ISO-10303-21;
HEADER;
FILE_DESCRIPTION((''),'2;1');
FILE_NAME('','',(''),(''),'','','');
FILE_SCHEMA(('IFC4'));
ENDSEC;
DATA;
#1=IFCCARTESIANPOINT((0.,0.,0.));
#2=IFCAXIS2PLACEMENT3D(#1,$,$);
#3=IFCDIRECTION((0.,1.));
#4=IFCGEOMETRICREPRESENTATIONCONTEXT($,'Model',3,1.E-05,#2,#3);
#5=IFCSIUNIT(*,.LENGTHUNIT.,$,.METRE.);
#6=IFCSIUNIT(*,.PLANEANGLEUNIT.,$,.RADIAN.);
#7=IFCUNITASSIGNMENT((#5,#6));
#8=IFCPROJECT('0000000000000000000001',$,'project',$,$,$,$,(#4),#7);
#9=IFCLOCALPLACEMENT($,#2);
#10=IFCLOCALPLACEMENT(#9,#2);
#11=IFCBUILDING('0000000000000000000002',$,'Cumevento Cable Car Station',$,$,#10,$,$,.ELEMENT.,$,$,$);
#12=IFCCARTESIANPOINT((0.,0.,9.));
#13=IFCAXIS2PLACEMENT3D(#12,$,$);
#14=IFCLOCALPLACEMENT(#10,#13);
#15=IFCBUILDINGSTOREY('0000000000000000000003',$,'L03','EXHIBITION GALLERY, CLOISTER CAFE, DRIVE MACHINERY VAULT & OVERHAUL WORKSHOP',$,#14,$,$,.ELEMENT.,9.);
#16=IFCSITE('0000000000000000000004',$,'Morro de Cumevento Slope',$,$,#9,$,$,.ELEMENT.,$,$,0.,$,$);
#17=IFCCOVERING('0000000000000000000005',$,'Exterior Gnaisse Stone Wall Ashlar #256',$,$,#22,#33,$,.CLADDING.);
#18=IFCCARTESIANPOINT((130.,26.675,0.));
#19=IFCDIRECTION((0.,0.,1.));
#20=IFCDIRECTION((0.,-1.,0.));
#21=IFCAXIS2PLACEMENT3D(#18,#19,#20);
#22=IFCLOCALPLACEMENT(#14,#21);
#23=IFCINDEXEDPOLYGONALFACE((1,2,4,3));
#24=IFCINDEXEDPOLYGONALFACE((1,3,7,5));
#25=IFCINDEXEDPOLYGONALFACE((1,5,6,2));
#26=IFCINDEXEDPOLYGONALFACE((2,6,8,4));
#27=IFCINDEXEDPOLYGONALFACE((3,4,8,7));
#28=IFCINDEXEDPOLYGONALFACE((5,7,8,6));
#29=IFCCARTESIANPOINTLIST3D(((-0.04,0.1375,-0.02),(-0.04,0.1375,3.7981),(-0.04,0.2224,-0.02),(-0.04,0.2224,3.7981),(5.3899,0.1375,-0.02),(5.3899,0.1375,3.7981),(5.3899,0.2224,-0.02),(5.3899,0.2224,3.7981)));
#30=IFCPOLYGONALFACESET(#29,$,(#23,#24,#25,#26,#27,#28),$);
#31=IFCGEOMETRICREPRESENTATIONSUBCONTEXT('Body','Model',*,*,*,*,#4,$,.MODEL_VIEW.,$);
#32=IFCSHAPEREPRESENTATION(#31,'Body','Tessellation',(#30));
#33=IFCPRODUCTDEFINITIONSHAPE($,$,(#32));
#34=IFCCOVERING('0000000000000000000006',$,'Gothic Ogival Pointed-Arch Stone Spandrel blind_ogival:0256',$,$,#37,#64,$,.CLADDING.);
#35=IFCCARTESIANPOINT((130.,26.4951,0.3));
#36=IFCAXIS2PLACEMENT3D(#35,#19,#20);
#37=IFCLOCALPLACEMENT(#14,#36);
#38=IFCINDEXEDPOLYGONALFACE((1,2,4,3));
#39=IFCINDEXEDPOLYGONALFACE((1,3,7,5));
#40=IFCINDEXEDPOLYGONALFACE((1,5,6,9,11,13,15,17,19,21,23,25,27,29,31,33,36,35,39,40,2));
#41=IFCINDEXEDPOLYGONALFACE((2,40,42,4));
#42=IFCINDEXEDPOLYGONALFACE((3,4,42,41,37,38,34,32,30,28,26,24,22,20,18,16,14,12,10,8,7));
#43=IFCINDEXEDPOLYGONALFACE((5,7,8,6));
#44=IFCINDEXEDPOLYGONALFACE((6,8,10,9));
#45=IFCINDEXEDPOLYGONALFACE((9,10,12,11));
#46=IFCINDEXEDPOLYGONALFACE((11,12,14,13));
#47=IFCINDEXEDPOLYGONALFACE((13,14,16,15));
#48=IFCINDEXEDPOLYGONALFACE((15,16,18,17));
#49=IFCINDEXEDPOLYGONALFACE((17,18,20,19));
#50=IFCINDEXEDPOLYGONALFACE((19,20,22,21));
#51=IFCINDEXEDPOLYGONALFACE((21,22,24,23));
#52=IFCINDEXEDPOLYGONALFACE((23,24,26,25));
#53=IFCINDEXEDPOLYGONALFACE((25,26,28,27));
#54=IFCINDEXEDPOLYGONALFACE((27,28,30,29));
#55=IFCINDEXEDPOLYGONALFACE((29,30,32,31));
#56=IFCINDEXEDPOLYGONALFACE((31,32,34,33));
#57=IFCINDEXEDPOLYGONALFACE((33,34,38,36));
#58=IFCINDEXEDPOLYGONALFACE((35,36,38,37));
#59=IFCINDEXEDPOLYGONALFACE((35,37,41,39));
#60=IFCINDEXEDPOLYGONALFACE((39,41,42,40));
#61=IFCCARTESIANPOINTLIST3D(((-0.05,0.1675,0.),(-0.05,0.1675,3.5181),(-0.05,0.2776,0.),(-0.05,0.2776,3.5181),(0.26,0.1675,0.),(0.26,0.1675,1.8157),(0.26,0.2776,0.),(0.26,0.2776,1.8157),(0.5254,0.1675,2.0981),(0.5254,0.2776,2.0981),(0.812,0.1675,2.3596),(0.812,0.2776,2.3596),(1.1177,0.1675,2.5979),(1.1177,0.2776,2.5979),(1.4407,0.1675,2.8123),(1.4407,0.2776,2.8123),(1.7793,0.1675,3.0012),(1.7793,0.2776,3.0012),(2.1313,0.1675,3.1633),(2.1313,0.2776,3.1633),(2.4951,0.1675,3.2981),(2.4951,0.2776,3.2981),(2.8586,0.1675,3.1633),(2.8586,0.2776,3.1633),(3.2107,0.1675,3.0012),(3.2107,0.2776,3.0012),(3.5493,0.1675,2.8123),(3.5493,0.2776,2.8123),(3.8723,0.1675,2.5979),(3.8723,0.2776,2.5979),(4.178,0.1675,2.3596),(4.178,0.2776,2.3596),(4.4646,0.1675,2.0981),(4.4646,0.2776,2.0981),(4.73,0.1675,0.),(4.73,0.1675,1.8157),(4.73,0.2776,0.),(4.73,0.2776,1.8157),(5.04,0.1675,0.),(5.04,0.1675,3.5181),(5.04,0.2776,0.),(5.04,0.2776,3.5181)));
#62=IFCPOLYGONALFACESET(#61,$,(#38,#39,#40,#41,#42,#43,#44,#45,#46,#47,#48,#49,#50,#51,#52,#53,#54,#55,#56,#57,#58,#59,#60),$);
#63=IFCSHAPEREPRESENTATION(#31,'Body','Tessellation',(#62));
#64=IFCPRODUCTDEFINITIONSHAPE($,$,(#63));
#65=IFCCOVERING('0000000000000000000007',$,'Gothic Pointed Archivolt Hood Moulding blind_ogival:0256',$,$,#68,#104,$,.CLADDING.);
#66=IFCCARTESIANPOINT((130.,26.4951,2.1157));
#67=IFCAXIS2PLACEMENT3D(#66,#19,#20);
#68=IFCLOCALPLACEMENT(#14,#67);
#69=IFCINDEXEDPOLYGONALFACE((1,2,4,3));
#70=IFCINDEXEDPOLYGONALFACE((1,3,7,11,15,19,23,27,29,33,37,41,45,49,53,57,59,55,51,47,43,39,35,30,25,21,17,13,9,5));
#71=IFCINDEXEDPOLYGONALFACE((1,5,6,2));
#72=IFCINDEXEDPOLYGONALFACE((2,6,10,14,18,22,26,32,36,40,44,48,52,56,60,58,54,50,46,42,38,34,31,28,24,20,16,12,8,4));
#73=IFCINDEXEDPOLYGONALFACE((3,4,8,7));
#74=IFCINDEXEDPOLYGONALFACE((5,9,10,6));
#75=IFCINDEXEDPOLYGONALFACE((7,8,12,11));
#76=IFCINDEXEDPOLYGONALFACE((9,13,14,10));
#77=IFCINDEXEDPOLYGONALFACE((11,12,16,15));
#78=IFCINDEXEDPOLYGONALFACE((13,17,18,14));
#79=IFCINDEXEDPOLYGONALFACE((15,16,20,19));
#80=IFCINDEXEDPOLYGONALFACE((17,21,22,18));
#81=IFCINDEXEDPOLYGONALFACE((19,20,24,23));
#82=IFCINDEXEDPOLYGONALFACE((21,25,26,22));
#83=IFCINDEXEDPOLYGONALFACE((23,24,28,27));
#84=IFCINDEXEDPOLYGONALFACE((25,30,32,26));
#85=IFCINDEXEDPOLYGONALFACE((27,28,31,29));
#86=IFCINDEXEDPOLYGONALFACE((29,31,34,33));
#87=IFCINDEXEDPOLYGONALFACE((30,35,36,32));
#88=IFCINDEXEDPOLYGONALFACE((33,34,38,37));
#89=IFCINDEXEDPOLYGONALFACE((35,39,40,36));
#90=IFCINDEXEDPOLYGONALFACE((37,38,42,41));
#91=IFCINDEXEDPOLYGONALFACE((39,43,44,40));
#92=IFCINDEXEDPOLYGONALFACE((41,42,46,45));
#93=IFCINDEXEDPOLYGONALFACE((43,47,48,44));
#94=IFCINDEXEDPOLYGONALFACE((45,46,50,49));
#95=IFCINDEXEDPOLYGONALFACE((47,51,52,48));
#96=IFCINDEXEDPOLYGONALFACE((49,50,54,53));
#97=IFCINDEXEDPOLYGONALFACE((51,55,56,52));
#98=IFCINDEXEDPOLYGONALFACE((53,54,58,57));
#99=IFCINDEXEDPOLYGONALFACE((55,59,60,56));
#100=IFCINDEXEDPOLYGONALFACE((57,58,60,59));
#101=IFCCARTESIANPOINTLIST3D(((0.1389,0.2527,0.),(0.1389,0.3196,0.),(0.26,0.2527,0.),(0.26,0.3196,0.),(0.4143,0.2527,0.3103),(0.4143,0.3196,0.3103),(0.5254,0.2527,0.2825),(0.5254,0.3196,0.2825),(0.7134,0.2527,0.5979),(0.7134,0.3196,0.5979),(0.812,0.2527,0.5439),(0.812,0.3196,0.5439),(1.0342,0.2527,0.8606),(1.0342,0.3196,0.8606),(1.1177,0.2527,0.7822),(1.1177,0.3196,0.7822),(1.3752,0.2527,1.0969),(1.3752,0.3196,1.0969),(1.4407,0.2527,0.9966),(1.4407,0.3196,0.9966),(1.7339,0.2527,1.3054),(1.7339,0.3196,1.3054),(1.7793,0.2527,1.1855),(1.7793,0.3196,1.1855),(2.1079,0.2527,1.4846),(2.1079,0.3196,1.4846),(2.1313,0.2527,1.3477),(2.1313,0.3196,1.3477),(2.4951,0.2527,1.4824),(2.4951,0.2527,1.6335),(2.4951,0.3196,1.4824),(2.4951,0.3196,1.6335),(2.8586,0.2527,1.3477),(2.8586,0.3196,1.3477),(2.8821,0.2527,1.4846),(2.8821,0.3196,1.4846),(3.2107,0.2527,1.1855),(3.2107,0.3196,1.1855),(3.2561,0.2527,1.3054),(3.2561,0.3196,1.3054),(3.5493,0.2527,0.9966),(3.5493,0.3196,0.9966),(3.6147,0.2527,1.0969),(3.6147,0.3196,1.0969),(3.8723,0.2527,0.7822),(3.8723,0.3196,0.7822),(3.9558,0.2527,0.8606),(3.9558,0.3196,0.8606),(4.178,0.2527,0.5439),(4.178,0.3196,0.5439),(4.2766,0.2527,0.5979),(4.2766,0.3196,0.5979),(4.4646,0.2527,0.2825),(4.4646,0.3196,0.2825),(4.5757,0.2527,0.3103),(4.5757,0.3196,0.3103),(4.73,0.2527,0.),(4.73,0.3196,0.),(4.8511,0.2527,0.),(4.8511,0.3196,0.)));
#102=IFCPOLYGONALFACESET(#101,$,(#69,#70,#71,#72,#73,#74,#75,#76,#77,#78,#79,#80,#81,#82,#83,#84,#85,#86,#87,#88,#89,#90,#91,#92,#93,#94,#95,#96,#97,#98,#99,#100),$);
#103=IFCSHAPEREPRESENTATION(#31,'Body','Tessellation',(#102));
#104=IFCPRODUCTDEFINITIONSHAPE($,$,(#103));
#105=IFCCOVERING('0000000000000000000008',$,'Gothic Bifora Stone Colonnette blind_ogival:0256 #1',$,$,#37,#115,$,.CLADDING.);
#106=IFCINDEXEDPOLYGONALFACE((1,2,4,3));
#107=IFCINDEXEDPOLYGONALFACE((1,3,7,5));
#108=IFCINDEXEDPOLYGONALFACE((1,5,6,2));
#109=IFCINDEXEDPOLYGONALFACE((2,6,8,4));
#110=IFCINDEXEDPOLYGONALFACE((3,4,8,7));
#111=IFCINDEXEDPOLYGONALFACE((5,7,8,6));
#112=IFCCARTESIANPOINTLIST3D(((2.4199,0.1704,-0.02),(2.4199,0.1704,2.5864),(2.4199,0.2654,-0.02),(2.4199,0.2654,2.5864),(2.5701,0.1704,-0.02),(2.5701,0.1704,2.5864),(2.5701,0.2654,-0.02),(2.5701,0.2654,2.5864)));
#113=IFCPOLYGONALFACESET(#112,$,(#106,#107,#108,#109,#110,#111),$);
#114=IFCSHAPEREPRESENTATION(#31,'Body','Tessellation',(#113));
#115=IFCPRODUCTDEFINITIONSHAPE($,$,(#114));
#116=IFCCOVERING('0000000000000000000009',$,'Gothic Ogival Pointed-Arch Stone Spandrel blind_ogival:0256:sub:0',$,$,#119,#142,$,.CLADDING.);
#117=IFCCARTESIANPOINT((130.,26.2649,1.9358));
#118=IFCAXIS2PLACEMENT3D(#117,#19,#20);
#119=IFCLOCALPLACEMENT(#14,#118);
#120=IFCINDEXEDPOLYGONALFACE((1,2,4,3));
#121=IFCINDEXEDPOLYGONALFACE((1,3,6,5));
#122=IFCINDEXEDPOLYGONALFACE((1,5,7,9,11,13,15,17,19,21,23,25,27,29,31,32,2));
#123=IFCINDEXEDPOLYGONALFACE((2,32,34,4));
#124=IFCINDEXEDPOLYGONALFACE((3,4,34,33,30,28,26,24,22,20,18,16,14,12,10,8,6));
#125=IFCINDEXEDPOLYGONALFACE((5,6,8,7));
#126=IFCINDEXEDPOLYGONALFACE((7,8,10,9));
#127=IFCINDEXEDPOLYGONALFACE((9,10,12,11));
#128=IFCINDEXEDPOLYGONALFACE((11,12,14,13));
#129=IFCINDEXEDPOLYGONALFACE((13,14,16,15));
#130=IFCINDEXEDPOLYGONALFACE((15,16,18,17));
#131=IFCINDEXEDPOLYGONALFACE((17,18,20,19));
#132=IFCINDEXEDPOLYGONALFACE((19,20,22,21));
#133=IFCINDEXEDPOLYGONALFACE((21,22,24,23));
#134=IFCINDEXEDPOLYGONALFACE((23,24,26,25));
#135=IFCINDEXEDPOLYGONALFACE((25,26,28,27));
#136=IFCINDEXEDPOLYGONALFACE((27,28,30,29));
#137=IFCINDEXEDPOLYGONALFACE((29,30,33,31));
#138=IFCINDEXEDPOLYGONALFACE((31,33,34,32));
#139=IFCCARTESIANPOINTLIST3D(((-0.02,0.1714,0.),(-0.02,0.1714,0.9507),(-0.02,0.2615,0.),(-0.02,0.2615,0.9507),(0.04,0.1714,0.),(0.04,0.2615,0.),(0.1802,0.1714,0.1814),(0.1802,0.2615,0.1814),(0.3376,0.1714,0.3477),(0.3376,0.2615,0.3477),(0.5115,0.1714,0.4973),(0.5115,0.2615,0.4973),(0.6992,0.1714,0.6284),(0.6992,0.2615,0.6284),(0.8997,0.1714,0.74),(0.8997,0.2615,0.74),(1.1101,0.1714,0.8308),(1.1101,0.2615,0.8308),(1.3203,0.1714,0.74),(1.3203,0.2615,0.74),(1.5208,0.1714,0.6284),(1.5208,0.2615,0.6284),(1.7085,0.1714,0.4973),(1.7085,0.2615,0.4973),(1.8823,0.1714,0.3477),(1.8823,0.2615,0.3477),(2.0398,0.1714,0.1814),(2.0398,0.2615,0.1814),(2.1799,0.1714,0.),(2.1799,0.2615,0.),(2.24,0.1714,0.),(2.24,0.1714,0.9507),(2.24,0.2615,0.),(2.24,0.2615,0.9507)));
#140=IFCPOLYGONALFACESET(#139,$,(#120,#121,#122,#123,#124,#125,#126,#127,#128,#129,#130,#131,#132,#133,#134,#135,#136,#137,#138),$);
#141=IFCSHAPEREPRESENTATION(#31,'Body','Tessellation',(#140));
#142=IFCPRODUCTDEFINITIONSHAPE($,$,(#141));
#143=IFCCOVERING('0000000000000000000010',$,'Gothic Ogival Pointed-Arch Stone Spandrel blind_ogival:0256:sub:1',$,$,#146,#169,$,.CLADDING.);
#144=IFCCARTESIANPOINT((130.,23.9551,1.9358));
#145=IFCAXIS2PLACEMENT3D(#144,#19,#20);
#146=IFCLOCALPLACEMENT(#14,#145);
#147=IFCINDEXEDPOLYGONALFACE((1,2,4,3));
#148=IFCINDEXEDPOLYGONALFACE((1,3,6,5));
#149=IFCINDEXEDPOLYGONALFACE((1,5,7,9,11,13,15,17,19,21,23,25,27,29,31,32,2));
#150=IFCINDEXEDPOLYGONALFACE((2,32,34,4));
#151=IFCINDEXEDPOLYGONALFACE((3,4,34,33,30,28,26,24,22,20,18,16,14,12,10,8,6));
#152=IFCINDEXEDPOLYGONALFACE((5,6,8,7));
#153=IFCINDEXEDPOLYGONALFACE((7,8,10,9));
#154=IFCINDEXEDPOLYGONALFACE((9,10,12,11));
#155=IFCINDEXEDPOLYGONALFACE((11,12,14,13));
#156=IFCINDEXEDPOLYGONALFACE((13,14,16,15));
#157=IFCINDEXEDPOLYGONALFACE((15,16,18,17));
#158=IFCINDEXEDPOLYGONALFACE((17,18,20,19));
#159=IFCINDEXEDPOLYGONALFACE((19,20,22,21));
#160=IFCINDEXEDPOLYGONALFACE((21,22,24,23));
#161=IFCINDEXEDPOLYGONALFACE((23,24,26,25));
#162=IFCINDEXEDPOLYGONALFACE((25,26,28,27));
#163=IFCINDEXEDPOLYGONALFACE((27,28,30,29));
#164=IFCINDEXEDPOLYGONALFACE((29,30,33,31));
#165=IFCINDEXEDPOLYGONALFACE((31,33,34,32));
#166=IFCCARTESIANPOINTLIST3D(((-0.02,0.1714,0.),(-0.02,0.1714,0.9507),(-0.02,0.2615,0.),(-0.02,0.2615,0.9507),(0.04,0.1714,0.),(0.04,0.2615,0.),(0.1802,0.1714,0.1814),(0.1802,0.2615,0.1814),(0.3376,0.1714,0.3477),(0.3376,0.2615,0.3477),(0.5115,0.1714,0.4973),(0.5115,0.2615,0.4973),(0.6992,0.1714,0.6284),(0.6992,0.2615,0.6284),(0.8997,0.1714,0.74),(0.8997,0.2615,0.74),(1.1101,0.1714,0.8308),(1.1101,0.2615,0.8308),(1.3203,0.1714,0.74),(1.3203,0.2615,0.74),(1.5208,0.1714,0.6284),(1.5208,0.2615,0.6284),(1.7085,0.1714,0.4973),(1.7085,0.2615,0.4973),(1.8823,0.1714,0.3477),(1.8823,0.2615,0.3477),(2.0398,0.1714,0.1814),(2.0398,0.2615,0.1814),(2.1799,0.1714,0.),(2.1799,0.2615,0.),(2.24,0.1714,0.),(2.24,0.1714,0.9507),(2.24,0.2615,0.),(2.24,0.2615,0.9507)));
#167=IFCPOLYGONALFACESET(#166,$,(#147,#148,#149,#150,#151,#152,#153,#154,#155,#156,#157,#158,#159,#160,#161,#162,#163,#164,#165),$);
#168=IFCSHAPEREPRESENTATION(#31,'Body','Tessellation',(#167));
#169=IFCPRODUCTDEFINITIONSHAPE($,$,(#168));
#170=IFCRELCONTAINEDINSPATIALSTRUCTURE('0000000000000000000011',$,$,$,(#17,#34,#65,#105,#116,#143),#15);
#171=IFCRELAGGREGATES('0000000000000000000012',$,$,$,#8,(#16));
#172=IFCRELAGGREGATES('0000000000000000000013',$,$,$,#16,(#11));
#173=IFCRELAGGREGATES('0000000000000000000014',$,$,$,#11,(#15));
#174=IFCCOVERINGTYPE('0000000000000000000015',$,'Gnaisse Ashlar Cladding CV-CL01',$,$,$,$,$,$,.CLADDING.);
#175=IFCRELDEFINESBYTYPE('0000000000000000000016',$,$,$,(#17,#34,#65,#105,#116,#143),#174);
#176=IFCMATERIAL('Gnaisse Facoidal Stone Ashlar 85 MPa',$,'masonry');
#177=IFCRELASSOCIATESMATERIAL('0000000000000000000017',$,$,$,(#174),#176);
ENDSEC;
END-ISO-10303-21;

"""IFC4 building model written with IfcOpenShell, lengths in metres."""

from ifc_helpers import new_model, si_unit, direction, frame, origin, place, context, subcontext, project, spatial, polyline, outline, extrude, material, type_object, element, save


model = new_model("IFC4")

# Units and contexts
model_context = context("Model", 3, precision=1e-05, world=origin(), true_north=direction((0.0, 1.0)))
body_context = subcontext(model_context, "Body", "Model", "MODEL_VIEW")
ifc_project = project(units=[si_unit("LENGTHUNIT", "METRE"), si_unit("PLANEANGLEUNIT", "RADIAN")], contexts=[model_context])

# Site, building, storey
site_placement = place(None, origin())
site = spatial("IfcSite", under=ifc_project, at=site_placement, Name="Morro de Cumevento Slope", CompositionType="ELEMENT", RefElevation=0.0)
building_placement = place(site_placement, origin())
building = spatial("IfcBuilding", under=site, at=building_placement, Name="Cumevento Cable Car Station", CompositionType="ELEMENT")
storey_placement = place(building_placement, frame((0.0, 0.0, 9.0)))
storey = spatial("IfcBuildingStorey", under=building, at=storey_placement, Name="L03", Description="EXHIBITION GALLERY, CLOISTER CAFE, DRIVE MACHINERY VAULT & OVERHAUL WORKSHOP", CompositionType="ELEMENT", Elevation=9.0)

# Coverings
ifc_material_1 = material(Name="Gnaisse Facoidal Stone Ashlar 85 MPa", Category="masonry")
covering_type = type_object("IfcCoveringType", Name="Gnaisse Ashlar Cladding CV-CL01", PredefinedType="CLADDING", material=ifc_material_1)
covering_1_placement = place(storey_placement, frame((130.0, 26.675, 0.0), z_axis=(0.0, 0.0, 1.0), x_axis=(0.0, -1.0, 0.0)))
element("IfcCovering", 1, at=covering_1_placement, inside=storey, type_object=covering_type, Name="Exterior Gnaisse Stone Wall Ashlar #256", PredefinedType="CLADDING", context=body_context, shape_type="SweptSolid", body=[
    extrude(outline(polyline([(-0.04, -0.02), (5.3899, -0.02), (5.3899, 3.7981), (-0.04, 3.7981), (-0.04, -0.02)])), frame((0.0, 0.2224, 0.0), z_axis=(0.0, -1.0, 0.0), x_axis=(1.0, 0.0, 0.0)), (0.0, 0.0, 1.0), 0.085),
])
placement = place(storey_placement, frame((130.0, 26.4951, 0.3), z_axis=(0.0, 0.0, 1.0), x_axis=(0.0, -1.0, 0.0)))
element("IfcCovering", 2, at=placement, inside=storey, type_object=covering_type, Name="Gothic Ogival Pointed-Arch Stone Spandrel blind_ogival:0256", PredefinedType="CLADDING", context=body_context, shape_type="SweptSolid", body=[
    extrude(outline(polyline([(-0.05, 0.0), (-0.05, 3.5181), (5.04, 3.5181), (5.04, 0.0), (4.73, 0.0), (4.73, 1.8157), (4.4646, 2.0981), (4.178, 2.3596), (3.8723, 2.5979), (3.5493, 2.8123), (3.2107, 3.0012), (2.8586, 3.1633), (2.4951, 3.2981), (2.1313, 3.1633), (1.7793, 3.0012), (1.4407, 2.8123), (1.1177, 2.5979), (0.812, 2.3596), (0.5254, 2.0981), (0.26, 1.8157), (0.26, 0.0), (-0.05, 0.0)])), frame((0.0, 0.2776, 0.0), z_axis=(0.0, -1.0, 0.0), x_axis=(1.0, 0.0, 0.0)), (0.0, 0.0, 1.0), 0.1101),
])
covering_2_placement = place(storey_placement, frame((130.0, 26.4951, 2.1157), z_axis=(0.0, 0.0, 1.0), x_axis=(0.0, -1.0, 0.0)))
element("IfcCovering", 3, at=covering_2_placement, inside=storey, type_object=covering_type, Name="Gothic Pointed Archivolt Hood Moulding blind_ogival:0256", PredefinedType="CLADDING", context=body_context, shape_type="SweptSolid", body=[
    extrude(outline(polyline([(0.26, 0.0), (0.5254, 0.2825), (0.812, 0.5439), (1.1177, 0.7822), (1.4407, 0.9966), (1.7793, 1.1855), (2.1313, 1.3477), (2.4951, 1.4824), (2.8586, 1.3477), (3.2107, 1.1855), (3.5493, 0.9966), (3.8723, 0.7822), (4.178, 0.5439), (4.4646, 0.2825), (4.73, 0.0), (4.8511, 0.0), (4.5757, 0.3103), (4.2766, 0.5979), (3.9558, 0.8606), (3.6147, 1.0969), (3.2561, 1.3054), (2.8821, 1.4846), (2.4951, 1.6335), (2.1079, 1.4846), (1.7339, 1.3054), (1.3752, 1.0969), (1.0342, 0.8606), (0.7134, 0.5979), (0.4143, 0.3103), (0.1389, 0.0), (0.26, 0.0)])), frame((0.0, 0.3196, 0.0), z_axis=(0.0, -1.0, 0.0), x_axis=(1.0, 0.0, 0.0)), (0.0, 0.0, 1.0), 0.0669),
])
element("IfcCovering", 4, at=placement, inside=storey, type_object=covering_type, Name="Gothic Bifora Stone Colonnette blind_ogival:0256 #1", PredefinedType="CLADDING", context=body_context, shape_type="SweptSolid", body=[
    extrude(outline(polyline([(2.4199, -0.02), (2.5701, -0.02), (2.5701, 2.5864), (2.4199, 2.5864), (2.4199, -0.02)])), frame((0.0, 0.2654, 0.0), z_axis=(0.0, -1.0, 0.0), x_axis=(1.0, 0.0, 0.0)), (0.0, 0.0, 1.0), 0.095),
])
for number, where, z_axis, x_axis, name in (
    (5, (130.0, 26.2649, 1.9358), (0.0, 0.0, 1.0), (0.0, -1.0, 0.0), "Gothic Ogival Pointed-Arch Stone Spandrel blind_ogival:0256:sub:0"),
    (6, (130.0, 23.9551, 1.9358), (0.0, 0.0, 1.0), (0.0, -1.0, 0.0), "Gothic Ogival Pointed-Arch Stone Spandrel blind_ogival:0256:sub:1"),
):
    element("IfcCovering", number, at=place(storey_placement, frame(where, z_axis=z_axis, x_axis=x_axis)), inside=storey, type_object=covering_type, Name=name, PredefinedType="CLADDING", context=body_context, shape_type="SweptSolid", body=[
        extrude(outline(polyline([(-0.02, 0.0), (-0.02, 0.9507), (2.24, 0.9507), (2.24, 0.0), (2.1799, 0.0), (2.0398, 0.1814), (1.8823, 0.3477), (1.7085, 0.4973), (1.5208, 0.6284), (1.3203, 0.74), (1.1101, 0.8308), (0.8997, 0.74), (0.6992, 0.6284), (0.5115, 0.4973), (0.3376, 0.3477), (0.1802, 0.1814), (0.04, 0.0), (-0.02, 0.0)])), frame((0.0, 0.2615, 0.0), z_axis=(0.0, -1.0, 0.0), x_axis=(1.0, 0.0, 0.0)), (0.0, 0.0, 1.0), 0.0901),
    ])

save(model, "model.ifc")
